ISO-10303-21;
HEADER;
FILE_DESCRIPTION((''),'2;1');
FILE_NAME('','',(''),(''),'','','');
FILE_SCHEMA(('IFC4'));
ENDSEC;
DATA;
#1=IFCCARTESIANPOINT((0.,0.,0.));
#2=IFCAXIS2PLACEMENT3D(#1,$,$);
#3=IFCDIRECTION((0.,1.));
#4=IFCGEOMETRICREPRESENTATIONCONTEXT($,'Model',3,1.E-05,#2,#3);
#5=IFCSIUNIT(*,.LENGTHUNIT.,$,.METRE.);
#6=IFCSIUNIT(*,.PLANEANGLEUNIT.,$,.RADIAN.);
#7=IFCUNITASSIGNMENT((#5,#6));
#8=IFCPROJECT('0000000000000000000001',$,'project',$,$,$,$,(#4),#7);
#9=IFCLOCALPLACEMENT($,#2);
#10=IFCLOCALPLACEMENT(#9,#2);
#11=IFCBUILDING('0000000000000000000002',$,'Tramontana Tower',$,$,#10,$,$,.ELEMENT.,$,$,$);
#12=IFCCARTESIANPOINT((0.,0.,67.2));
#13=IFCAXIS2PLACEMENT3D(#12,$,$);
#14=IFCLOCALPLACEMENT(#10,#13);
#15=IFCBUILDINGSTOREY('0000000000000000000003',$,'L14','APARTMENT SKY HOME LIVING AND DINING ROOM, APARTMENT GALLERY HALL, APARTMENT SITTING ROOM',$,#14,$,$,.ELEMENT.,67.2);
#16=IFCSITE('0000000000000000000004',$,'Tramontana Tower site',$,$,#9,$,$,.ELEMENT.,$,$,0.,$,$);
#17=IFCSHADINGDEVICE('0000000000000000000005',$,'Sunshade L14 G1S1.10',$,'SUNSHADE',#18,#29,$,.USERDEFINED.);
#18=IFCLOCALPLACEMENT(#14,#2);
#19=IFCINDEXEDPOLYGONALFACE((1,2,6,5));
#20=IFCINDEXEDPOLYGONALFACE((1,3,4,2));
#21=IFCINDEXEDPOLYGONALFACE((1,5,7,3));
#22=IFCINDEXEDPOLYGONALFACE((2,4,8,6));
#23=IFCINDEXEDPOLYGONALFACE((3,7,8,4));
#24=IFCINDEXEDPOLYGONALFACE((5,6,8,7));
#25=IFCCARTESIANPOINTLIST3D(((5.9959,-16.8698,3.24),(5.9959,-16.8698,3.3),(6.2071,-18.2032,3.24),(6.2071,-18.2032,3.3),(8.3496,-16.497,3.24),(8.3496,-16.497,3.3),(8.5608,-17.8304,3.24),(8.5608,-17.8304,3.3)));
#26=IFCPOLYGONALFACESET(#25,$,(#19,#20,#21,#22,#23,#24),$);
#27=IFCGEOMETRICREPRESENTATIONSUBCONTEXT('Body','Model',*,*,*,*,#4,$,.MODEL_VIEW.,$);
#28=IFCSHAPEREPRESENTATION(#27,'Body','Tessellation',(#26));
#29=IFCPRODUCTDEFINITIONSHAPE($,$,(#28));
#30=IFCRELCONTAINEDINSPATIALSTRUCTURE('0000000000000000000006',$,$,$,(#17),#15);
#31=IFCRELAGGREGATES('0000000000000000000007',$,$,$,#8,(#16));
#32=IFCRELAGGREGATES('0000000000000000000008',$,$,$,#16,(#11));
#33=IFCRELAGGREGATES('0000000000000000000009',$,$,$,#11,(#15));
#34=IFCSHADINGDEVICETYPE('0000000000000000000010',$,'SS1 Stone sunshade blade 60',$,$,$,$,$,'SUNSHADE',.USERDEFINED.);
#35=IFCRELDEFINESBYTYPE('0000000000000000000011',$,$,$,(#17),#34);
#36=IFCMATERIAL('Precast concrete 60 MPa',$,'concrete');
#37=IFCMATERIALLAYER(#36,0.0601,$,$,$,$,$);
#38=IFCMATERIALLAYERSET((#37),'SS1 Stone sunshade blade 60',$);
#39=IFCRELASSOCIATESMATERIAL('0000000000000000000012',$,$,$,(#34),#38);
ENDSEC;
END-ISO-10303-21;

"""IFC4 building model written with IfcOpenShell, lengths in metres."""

from ifc_helpers import new_model, si_unit, direction, frame, origin, origin_2d, place, context, subcontext, project, spatial, rectangle, extrude, material, layer, layer_set, type_object, element, save


model = new_model("IFC4")

# Units and contexts
model_context = context("Model", 3, precision=1e-05, world=origin(), true_north=direction((0.0, 1.0)))
body_context = subcontext(model_context, "Body", "Model", "MODEL_VIEW")
ifc_project = project(units=[si_unit("LENGTHUNIT", "METRE"), si_unit("PLANEANGLEUNIT", "RADIAN")], contexts=[model_context])

# Site, building, storey
site_placement = place(None, origin())
site = spatial("IfcSite", under=ifc_project, at=site_placement, Name="Tramontana Tower site", CompositionType="ELEMENT", RefElevation=0.0)
building_placement = place(site_placement, origin())
building = spatial("IfcBuilding", under=site, at=building_placement, Name="Tramontana Tower", CompositionType="ELEMENT")
storey_placement = place(building_placement, frame((0.0, 0.0, 67.2)))
storey = spatial("IfcBuildingStorey", under=building, at=storey_placement, Name="L14", Description="APARTMENT SKY HOME LIVING AND DINING ROOM, APARTMENT GALLERY HALL, APARTMENT SITTING ROOM", CompositionType="ELEMENT", Elevation=67.2)

# Shading device
ifc_material_1 = material(Name="Precast concrete 60 MPa", Category="concrete")
ifc_layer_1 = layer(ifc_material_1, 0.0601)
ifc_layer_set_1 = layer_set([ifc_layer_1], Name="SS1 Stone sunshade blade 60")
shading_device_type = type_object("IfcShadingDeviceType", Name="SS1 Stone sunshade blade 60", ElementType="SUNSHADE", PredefinedType="USERDEFINED", material=ifc_layer_set_1)
shading_device_placement = place(storey_placement, frame((7.2783, -17.3501, 3.24), z_axis=(0.0, 0.0, 1.0), x_axis=(0.987688, 0.156434, 0.0)))
element("IfcShadingDevice", 1, at=shading_device_placement, inside=storey, type_object=shading_device_type, Name="Sunshade L14 G1S1.10", ObjectType="SUNSHADE", PredefinedType="USERDEFINED", context=body_context, shape_type="SweptSolid", body=[
    extrude(rectangle(XDim=2.3831, YDim=1.3501, at=origin_2d()), origin(), (0.0, 0.0, 1.0), 0.0601),
])

save(model, "model.ifc")
